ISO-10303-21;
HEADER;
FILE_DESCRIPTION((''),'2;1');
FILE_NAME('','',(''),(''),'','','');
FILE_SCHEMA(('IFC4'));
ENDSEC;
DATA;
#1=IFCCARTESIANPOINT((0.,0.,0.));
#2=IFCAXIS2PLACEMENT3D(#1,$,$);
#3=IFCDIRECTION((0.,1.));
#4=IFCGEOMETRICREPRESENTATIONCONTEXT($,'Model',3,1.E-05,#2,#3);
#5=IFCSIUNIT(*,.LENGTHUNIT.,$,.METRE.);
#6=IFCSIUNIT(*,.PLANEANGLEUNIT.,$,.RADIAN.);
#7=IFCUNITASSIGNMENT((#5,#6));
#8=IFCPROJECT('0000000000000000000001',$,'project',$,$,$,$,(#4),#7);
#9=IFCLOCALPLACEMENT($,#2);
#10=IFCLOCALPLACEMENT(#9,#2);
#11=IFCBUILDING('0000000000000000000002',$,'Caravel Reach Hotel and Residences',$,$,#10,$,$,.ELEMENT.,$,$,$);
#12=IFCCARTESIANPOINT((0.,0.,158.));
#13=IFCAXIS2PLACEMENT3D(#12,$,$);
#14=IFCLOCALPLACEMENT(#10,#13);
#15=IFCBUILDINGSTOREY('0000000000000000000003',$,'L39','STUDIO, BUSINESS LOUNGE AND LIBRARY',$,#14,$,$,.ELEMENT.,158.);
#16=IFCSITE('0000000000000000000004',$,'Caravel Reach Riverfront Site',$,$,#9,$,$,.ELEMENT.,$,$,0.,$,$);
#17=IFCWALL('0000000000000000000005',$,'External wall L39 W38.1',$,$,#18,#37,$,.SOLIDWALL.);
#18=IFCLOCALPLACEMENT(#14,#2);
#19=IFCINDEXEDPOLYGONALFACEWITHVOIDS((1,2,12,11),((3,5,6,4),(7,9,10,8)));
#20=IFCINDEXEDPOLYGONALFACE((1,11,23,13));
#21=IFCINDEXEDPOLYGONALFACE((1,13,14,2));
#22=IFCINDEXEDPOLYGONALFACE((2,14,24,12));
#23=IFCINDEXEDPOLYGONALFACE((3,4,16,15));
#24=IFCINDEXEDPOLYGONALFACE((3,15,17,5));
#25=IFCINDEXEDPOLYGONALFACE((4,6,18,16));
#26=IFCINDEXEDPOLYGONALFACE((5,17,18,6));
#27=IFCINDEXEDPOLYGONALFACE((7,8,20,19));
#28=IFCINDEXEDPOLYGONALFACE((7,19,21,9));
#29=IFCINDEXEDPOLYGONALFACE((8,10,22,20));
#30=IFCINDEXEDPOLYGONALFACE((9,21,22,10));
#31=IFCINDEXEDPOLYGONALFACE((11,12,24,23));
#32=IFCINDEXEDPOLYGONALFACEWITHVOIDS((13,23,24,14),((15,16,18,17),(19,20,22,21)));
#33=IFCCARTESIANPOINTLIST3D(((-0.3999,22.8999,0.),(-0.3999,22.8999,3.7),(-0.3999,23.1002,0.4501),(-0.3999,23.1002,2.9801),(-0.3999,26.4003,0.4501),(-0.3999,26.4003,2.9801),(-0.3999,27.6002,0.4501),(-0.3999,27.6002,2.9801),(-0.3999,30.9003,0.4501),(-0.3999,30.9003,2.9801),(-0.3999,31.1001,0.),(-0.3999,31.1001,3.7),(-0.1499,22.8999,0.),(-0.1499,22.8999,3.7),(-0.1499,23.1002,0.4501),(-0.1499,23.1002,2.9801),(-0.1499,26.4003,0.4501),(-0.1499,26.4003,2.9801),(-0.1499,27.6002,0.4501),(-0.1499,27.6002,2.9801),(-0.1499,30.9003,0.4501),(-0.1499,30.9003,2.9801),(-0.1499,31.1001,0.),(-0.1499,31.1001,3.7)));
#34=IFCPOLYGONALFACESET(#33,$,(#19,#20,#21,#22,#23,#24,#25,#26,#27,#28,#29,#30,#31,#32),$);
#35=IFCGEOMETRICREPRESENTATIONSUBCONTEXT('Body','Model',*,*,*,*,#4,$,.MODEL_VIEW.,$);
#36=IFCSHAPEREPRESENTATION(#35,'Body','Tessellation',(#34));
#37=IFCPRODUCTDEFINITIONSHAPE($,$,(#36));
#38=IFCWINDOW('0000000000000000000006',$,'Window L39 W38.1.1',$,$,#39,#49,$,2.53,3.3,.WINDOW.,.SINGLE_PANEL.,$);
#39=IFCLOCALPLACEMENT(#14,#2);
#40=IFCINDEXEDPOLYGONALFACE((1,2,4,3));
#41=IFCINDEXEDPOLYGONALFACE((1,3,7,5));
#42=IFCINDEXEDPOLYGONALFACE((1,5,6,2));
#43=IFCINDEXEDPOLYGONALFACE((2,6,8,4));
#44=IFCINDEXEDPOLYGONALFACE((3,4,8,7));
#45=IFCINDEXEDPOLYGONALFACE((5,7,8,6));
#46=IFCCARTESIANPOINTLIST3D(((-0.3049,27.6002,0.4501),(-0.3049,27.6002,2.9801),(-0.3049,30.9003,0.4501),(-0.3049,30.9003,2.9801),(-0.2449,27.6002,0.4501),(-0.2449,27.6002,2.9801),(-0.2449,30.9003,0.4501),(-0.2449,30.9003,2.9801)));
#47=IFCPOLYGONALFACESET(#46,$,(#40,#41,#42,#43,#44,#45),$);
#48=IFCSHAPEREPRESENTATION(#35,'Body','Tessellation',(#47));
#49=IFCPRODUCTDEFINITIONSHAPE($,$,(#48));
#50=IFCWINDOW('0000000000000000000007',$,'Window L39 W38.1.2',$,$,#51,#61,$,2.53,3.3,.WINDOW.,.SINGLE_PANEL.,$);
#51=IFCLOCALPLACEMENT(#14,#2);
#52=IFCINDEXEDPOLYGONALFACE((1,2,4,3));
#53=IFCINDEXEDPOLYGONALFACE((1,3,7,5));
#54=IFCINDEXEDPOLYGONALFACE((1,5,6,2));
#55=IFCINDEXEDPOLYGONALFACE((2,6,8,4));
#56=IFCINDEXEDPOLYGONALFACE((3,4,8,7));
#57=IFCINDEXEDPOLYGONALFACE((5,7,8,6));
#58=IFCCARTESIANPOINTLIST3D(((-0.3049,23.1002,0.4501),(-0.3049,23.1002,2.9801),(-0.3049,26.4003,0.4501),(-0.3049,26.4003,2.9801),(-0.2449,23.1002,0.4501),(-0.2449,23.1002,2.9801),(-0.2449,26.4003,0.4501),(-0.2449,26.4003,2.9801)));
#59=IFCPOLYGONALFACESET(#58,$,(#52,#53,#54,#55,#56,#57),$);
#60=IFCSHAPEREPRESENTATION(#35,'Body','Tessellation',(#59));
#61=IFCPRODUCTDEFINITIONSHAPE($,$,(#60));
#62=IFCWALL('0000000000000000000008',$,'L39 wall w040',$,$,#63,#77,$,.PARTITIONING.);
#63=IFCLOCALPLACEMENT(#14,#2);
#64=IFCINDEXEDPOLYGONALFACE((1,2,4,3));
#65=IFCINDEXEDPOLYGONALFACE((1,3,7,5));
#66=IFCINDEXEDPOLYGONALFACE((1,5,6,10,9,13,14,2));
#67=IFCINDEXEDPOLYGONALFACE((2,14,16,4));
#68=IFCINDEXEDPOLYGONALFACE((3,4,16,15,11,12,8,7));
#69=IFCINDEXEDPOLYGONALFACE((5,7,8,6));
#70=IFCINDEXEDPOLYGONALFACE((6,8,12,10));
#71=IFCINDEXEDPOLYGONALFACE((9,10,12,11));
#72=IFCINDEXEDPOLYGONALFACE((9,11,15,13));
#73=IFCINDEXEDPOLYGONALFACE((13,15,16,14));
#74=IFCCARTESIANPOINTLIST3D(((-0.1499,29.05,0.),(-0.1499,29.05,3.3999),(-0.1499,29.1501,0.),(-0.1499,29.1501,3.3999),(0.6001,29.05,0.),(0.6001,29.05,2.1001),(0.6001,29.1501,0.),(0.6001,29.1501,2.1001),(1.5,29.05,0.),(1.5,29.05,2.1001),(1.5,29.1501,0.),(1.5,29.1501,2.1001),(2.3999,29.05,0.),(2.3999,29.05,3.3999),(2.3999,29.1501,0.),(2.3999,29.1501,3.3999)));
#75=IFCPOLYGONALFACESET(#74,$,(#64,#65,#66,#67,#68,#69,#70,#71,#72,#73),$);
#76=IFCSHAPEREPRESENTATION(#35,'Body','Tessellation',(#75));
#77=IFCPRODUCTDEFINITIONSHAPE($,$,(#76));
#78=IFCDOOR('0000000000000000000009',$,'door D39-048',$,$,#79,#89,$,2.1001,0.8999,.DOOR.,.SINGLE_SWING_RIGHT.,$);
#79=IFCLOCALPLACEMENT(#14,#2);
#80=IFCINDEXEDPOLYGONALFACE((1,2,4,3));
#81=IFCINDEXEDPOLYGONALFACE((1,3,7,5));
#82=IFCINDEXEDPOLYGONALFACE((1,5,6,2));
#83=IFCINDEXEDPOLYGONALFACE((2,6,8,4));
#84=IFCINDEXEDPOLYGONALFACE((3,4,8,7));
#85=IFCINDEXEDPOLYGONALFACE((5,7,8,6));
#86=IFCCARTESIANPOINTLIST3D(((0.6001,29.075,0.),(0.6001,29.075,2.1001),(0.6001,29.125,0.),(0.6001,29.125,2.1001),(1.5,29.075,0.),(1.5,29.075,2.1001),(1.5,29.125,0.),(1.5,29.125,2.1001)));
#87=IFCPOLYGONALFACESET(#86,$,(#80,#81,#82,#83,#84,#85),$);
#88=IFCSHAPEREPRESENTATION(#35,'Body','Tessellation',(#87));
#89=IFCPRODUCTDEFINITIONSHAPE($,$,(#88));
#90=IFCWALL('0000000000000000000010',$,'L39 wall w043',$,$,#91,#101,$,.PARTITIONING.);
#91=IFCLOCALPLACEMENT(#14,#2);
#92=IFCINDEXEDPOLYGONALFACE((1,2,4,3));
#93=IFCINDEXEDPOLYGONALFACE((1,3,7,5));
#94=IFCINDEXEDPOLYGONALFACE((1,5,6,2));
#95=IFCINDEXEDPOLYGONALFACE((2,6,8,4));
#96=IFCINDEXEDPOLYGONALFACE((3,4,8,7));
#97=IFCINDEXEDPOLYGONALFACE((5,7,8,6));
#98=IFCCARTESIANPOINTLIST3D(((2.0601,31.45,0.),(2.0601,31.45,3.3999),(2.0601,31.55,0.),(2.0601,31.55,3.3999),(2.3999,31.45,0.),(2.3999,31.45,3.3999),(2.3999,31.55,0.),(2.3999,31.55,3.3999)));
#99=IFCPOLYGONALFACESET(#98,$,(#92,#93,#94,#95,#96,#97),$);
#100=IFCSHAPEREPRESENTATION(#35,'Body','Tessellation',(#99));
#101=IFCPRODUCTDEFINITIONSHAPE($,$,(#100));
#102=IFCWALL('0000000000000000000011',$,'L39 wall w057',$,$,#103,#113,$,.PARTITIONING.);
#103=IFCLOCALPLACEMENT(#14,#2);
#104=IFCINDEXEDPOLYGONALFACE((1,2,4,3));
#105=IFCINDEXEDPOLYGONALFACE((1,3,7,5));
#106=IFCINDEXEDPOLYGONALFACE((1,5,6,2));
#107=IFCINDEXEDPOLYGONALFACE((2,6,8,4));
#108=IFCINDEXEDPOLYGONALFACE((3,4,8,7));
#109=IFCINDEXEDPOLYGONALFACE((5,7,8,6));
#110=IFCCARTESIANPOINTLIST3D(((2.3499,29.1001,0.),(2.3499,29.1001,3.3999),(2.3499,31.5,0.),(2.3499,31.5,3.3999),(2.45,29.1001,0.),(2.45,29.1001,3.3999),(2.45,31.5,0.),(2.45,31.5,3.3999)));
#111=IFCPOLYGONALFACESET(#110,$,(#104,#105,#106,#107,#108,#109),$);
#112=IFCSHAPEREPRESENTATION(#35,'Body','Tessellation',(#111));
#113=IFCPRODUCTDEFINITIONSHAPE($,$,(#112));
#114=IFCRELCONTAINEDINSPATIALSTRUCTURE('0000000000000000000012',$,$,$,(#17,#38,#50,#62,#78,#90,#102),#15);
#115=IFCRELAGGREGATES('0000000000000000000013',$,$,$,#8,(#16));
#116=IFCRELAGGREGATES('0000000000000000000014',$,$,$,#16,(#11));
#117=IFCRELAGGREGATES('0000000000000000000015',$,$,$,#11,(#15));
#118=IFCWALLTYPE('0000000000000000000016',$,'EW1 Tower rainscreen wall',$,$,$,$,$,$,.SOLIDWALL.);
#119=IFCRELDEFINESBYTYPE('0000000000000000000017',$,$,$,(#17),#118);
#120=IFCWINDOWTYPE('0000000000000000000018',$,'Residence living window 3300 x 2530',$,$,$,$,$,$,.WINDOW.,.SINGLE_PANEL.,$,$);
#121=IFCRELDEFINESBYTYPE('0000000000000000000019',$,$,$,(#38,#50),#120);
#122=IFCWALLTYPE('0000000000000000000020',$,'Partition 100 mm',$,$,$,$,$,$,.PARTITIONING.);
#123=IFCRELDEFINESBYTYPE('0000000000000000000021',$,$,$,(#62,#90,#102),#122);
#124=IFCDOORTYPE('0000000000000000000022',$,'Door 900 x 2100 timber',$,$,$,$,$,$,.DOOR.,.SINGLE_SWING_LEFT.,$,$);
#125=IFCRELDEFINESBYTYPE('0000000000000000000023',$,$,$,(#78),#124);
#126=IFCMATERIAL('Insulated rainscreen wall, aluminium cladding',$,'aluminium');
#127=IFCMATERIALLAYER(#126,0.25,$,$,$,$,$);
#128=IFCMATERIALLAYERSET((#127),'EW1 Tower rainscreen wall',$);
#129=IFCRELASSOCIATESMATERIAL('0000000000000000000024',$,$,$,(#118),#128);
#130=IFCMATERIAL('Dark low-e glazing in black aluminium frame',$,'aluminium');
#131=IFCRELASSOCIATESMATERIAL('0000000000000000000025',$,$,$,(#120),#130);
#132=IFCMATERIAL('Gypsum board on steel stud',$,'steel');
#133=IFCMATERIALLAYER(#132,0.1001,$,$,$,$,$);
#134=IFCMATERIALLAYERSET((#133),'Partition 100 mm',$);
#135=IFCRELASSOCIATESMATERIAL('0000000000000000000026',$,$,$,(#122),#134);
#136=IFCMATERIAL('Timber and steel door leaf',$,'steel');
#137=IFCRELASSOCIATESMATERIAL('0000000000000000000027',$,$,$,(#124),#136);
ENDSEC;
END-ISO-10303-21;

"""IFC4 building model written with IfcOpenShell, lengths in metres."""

from ifc_helpers import new_model, si_unit, direction, frame, frame_2d, origin, place, context, subcontext, project, spatial, rectangle, extrude, material, layer, layer_set, type_object, element, fill, save


model = new_model("IFC4")

# Units and contexts
model_context = context("Model", 3, precision=1e-05, world=origin(), true_north=direction((0.0, 1.0)))
body_context = subcontext(model_context, "Body", "Model", "MODEL_VIEW")
ifc_project = project(units=[si_unit("LENGTHUNIT", "METRE"), si_unit("PLANEANGLEUNIT", "RADIAN")], contexts=[model_context])

# Site, building, storey
site_placement = place(None, origin())
site = spatial("IfcSite", under=ifc_project, at=site_placement, Name="Caravel Reach Riverfront Site", CompositionType="ELEMENT", RefElevation=0.0)
building_placement = place(site_placement, origin())
building = spatial("IfcBuilding", under=site, at=building_placement, Name="Caravel Reach Hotel and Residences", CompositionType="ELEMENT")
storey_placement = place(building_placement, frame((0.0, 0.0, 158.0)))
storey = spatial("IfcBuildingStorey", under=building, at=storey_placement, Name="L39", Description="STUDIO, BUSINESS LOUNGE AND LIBRARY", CompositionType="ELEMENT", Elevation=158.0)

# Shared definitions
ifc_material_1 = material(Name="Insulated rainscreen wall, aluminium cladding", Category="aluminium")
ifc_layer_1 = layer(ifc_material_1, 0.25)
ifc_layer_set_1 = layer_set([ifc_layer_1], Name="EW1 Tower rainscreen wall")
wall_type_1 = type_object("IfcWallType", Name="EW1 Tower rainscreen wall", PredefinedType="SOLIDWALL", material=ifc_layer_set_1)

# Wall, openings, windows
wall_1_placement = place(storey_placement, frame((-0.2749, 31.1001, 0.0), z_axis=(0.0, 0.0, 1.0), x_axis=(0.0, -1.0, 0.0)))
wall_1 = element("IfcWall", 1, at=wall_1_placement, inside=storey, type_object=wall_type_1, Name="External wall L39 W38.1", PredefinedType="SOLIDWALL", context=body_context, shape_type="SweptSolid", body=[
    extrude(rectangle(XDim=8.2002, YDim=0.25, at=frame_2d((4.1001, 0.0))), origin(), (0.0, 0.0, 1.0), 3.7),
])
opening_1_placement = place(wall_1_placement, frame((0.2, 0.0, 0.45)))
opening_1 = element("IfcOpeningElement", 2, at=opening_1_placement, cuts=wall_1, PredefinedType="OPENING", context=body_context, shape_type="SweptSolid", body=[
    extrude(rectangle(XDim=3.3, YDim=2.53, at=frame_2d((1.6499, 1.2651))), frame((0.0, 0.135, 0.0), z_axis=(0.0, -1.0, 0.0), x_axis=(1.0, 0.0, 0.0)), (0.0, 0.0, 1.0), 0.27),
])
opening_2_placement = place(wall_1_placement, frame((4.7, 0.0, 0.45)))
opening_2 = element("IfcOpeningElement", 3, at=opening_2_placement, cuts=wall_1, PredefinedType="OPENING", context=body_context, shape_type="SweptSolid", body=[
    extrude(rectangle(XDim=3.3, YDim=2.53, at=frame_2d((1.6499, 1.2651))), frame((0.0, 0.135, 0.0), z_axis=(0.0, -1.0, 0.0), x_axis=(1.0, 0.0, 0.0)), (0.0, 0.0, 1.0), 0.27),
])
ifc_material_2 = material(Name="Dark low-e glazing in black aluminium frame", Category="aluminium")
window_type_1 = type_object("IfcWindowType", Name="Residence living window 3300 x 2530", PartitioningType="SINGLE_PANEL", PredefinedType="WINDOW", material=ifc_material_2)
window_1_placement = place(opening_1_placement, origin())
window_1 = element("IfcWindow", 4, at=window_1_placement, inside=storey, type_object=window_type_1, Name="Window L39 W38.1.1", OverallHeight=2.53, OverallWidth=3.3, PartitioningType="SINGLE_PANEL", PredefinedType="WINDOW", context=body_context, shape_type="SweptSolid", body=[
    extrude(rectangle(XDim=3.3, YDim=2.53, at=frame_2d((1.6499, 1.2651))), frame((0.0, 0.03, 0.0), z_axis=(0.0, -1.0, 0.0), x_axis=(1.0, 0.0, 0.0)), (0.0, 0.0, 1.0), 0.0601),
])
fill(opening_1, window_1)
window_2_placement = place(opening_2_placement, origin())
window_2 = element("IfcWindow", 5, at=window_2_placement, inside=storey, type_object=window_type_1, Name="Window L39 W38.1.2", OverallHeight=2.53, OverallWidth=3.3, PartitioningType="SINGLE_PANEL", PredefinedType="WINDOW", context=body_context, shape_type="SweptSolid", body=[
    extrude(rectangle(XDim=3.3, YDim=2.53, at=frame_2d((1.6499, 1.2651))), frame((0.0, 0.03, 0.0), z_axis=(0.0, -1.0, 0.0), x_axis=(1.0, 0.0, 0.0)), (0.0, 0.0, 1.0), 0.0601),
])
fill(opening_2, window_2)

# Wall, opening, door
ifc_material_3 = material(Name="Gypsum board on steel stud", Category="steel")
ifc_layer_2 = layer(ifc_material_3, 0.1001)
ifc_layer_set_2 = layer_set([ifc_layer_2], Name="Partition 100 mm")
wall_type_2 = type_object("IfcWallType", Name="Partition 100 mm", PredefinedType="PARTITIONING", material=ifc_layer_set_2)
wall_2_placement = place(storey_placement, frame((-0.1499, 29.1001, 0.0), z_axis=(0.0, 0.0, 1.0), x_axis=(1.0, 0.0, 0.0)))
wall_2 = element("IfcWall", 6, at=wall_2_placement, inside=storey, type_object=wall_type_2, Name="L39 wall w040", PredefinedType="PARTITIONING", context=body_context, shape_type="SweptSolid", body=[
    extrude(rectangle(XDim=2.5498, YDim=0.1001, at=frame_2d((1.2749, 0.0))), origin(), (0.0, 0.0, 1.0), 3.3999),
])
opening_3_placement = place(wall_2_placement, frame((0.75, 0.0, 0.0)))
opening_3 = element("IfcOpeningElement", 7, at=opening_3_placement, cuts=wall_2, PredefinedType="OPENING", context=body_context, shape_type="SweptSolid", body=[
    extrude(rectangle(XDim=0.8999, YDim=2.1001, at=frame_2d((0.45, 1.05))), frame((0.0, 0.0601, 0.0), z_axis=(0.0, -1.0, 0.0), x_axis=(1.0, 0.0, 0.0)), (0.0, 0.0, 1.0), 0.1201),
])
ifc_material_4 = material(Name="Timber and steel door leaf", Category="steel")
door_type_1 = type_object("IfcDoorType", Name="Door 900 x 2100 timber", OperationType="SINGLE_SWING_LEFT", PredefinedType="DOOR", material=ifc_material_4)
door_1_placement = place(opening_3_placement, origin())
door_1 = element("IfcDoor", 8, at=door_1_placement, inside=storey, type_object=door_type_1, Name="door D39-048", OperationType="SINGLE_SWING_RIGHT", OverallHeight=2.1001, OverallWidth=0.8999, PredefinedType="DOOR", context=body_context, shape_type="SweptSolid", body=[
    extrude(rectangle(XDim=0.8999, YDim=2.1001, at=frame_2d((0.45, 1.05))), frame((0.0, 0.0249, 0.0), z_axis=(0.0, -1.0, 0.0), x_axis=(1.0, 0.0, 0.0)), (0.0, 0.0, 1.0), 0.05),
])
fill(opening_3, door_1)

# Walls
wall_3_placement = place(storey_placement, frame((2.0601, 31.5, 0.0), z_axis=(0.0, 0.0, 1.0), x_axis=(1.0, 0.0, 0.0)))
element("IfcWall", 9, at=wall_3_placement, inside=storey, type_object=wall_type_2, Name="L39 wall w043", PredefinedType="PARTITIONING", context=body_context, shape_type="SweptSolid", body=[
    extrude(rectangle(XDim=0.3398, YDim=0.1001, at=frame_2d((0.1699, 0.0))), origin(), (0.0, 0.0, 1.0), 3.3999),
])
wall_4_placement = place(storey_placement, frame((2.3999, 29.1001, 0.0), z_axis=(0.0, 0.0, 1.0), x_axis=(0.0, 1.0, 0.0)))
element("IfcWall", 10, at=wall_4_placement, inside=storey, type_object=wall_type_2, Name="L39 wall w057", PredefinedType="PARTITIONING", context=body_context, shape_type="SweptSolid", body=[
    extrude(rectangle(XDim=2.3999, YDim=0.1001, at=frame_2d((1.2, 0.0))), origin(), (0.0, 0.0, 1.0), 3.3999),
])

save(model, "model.ifc")
